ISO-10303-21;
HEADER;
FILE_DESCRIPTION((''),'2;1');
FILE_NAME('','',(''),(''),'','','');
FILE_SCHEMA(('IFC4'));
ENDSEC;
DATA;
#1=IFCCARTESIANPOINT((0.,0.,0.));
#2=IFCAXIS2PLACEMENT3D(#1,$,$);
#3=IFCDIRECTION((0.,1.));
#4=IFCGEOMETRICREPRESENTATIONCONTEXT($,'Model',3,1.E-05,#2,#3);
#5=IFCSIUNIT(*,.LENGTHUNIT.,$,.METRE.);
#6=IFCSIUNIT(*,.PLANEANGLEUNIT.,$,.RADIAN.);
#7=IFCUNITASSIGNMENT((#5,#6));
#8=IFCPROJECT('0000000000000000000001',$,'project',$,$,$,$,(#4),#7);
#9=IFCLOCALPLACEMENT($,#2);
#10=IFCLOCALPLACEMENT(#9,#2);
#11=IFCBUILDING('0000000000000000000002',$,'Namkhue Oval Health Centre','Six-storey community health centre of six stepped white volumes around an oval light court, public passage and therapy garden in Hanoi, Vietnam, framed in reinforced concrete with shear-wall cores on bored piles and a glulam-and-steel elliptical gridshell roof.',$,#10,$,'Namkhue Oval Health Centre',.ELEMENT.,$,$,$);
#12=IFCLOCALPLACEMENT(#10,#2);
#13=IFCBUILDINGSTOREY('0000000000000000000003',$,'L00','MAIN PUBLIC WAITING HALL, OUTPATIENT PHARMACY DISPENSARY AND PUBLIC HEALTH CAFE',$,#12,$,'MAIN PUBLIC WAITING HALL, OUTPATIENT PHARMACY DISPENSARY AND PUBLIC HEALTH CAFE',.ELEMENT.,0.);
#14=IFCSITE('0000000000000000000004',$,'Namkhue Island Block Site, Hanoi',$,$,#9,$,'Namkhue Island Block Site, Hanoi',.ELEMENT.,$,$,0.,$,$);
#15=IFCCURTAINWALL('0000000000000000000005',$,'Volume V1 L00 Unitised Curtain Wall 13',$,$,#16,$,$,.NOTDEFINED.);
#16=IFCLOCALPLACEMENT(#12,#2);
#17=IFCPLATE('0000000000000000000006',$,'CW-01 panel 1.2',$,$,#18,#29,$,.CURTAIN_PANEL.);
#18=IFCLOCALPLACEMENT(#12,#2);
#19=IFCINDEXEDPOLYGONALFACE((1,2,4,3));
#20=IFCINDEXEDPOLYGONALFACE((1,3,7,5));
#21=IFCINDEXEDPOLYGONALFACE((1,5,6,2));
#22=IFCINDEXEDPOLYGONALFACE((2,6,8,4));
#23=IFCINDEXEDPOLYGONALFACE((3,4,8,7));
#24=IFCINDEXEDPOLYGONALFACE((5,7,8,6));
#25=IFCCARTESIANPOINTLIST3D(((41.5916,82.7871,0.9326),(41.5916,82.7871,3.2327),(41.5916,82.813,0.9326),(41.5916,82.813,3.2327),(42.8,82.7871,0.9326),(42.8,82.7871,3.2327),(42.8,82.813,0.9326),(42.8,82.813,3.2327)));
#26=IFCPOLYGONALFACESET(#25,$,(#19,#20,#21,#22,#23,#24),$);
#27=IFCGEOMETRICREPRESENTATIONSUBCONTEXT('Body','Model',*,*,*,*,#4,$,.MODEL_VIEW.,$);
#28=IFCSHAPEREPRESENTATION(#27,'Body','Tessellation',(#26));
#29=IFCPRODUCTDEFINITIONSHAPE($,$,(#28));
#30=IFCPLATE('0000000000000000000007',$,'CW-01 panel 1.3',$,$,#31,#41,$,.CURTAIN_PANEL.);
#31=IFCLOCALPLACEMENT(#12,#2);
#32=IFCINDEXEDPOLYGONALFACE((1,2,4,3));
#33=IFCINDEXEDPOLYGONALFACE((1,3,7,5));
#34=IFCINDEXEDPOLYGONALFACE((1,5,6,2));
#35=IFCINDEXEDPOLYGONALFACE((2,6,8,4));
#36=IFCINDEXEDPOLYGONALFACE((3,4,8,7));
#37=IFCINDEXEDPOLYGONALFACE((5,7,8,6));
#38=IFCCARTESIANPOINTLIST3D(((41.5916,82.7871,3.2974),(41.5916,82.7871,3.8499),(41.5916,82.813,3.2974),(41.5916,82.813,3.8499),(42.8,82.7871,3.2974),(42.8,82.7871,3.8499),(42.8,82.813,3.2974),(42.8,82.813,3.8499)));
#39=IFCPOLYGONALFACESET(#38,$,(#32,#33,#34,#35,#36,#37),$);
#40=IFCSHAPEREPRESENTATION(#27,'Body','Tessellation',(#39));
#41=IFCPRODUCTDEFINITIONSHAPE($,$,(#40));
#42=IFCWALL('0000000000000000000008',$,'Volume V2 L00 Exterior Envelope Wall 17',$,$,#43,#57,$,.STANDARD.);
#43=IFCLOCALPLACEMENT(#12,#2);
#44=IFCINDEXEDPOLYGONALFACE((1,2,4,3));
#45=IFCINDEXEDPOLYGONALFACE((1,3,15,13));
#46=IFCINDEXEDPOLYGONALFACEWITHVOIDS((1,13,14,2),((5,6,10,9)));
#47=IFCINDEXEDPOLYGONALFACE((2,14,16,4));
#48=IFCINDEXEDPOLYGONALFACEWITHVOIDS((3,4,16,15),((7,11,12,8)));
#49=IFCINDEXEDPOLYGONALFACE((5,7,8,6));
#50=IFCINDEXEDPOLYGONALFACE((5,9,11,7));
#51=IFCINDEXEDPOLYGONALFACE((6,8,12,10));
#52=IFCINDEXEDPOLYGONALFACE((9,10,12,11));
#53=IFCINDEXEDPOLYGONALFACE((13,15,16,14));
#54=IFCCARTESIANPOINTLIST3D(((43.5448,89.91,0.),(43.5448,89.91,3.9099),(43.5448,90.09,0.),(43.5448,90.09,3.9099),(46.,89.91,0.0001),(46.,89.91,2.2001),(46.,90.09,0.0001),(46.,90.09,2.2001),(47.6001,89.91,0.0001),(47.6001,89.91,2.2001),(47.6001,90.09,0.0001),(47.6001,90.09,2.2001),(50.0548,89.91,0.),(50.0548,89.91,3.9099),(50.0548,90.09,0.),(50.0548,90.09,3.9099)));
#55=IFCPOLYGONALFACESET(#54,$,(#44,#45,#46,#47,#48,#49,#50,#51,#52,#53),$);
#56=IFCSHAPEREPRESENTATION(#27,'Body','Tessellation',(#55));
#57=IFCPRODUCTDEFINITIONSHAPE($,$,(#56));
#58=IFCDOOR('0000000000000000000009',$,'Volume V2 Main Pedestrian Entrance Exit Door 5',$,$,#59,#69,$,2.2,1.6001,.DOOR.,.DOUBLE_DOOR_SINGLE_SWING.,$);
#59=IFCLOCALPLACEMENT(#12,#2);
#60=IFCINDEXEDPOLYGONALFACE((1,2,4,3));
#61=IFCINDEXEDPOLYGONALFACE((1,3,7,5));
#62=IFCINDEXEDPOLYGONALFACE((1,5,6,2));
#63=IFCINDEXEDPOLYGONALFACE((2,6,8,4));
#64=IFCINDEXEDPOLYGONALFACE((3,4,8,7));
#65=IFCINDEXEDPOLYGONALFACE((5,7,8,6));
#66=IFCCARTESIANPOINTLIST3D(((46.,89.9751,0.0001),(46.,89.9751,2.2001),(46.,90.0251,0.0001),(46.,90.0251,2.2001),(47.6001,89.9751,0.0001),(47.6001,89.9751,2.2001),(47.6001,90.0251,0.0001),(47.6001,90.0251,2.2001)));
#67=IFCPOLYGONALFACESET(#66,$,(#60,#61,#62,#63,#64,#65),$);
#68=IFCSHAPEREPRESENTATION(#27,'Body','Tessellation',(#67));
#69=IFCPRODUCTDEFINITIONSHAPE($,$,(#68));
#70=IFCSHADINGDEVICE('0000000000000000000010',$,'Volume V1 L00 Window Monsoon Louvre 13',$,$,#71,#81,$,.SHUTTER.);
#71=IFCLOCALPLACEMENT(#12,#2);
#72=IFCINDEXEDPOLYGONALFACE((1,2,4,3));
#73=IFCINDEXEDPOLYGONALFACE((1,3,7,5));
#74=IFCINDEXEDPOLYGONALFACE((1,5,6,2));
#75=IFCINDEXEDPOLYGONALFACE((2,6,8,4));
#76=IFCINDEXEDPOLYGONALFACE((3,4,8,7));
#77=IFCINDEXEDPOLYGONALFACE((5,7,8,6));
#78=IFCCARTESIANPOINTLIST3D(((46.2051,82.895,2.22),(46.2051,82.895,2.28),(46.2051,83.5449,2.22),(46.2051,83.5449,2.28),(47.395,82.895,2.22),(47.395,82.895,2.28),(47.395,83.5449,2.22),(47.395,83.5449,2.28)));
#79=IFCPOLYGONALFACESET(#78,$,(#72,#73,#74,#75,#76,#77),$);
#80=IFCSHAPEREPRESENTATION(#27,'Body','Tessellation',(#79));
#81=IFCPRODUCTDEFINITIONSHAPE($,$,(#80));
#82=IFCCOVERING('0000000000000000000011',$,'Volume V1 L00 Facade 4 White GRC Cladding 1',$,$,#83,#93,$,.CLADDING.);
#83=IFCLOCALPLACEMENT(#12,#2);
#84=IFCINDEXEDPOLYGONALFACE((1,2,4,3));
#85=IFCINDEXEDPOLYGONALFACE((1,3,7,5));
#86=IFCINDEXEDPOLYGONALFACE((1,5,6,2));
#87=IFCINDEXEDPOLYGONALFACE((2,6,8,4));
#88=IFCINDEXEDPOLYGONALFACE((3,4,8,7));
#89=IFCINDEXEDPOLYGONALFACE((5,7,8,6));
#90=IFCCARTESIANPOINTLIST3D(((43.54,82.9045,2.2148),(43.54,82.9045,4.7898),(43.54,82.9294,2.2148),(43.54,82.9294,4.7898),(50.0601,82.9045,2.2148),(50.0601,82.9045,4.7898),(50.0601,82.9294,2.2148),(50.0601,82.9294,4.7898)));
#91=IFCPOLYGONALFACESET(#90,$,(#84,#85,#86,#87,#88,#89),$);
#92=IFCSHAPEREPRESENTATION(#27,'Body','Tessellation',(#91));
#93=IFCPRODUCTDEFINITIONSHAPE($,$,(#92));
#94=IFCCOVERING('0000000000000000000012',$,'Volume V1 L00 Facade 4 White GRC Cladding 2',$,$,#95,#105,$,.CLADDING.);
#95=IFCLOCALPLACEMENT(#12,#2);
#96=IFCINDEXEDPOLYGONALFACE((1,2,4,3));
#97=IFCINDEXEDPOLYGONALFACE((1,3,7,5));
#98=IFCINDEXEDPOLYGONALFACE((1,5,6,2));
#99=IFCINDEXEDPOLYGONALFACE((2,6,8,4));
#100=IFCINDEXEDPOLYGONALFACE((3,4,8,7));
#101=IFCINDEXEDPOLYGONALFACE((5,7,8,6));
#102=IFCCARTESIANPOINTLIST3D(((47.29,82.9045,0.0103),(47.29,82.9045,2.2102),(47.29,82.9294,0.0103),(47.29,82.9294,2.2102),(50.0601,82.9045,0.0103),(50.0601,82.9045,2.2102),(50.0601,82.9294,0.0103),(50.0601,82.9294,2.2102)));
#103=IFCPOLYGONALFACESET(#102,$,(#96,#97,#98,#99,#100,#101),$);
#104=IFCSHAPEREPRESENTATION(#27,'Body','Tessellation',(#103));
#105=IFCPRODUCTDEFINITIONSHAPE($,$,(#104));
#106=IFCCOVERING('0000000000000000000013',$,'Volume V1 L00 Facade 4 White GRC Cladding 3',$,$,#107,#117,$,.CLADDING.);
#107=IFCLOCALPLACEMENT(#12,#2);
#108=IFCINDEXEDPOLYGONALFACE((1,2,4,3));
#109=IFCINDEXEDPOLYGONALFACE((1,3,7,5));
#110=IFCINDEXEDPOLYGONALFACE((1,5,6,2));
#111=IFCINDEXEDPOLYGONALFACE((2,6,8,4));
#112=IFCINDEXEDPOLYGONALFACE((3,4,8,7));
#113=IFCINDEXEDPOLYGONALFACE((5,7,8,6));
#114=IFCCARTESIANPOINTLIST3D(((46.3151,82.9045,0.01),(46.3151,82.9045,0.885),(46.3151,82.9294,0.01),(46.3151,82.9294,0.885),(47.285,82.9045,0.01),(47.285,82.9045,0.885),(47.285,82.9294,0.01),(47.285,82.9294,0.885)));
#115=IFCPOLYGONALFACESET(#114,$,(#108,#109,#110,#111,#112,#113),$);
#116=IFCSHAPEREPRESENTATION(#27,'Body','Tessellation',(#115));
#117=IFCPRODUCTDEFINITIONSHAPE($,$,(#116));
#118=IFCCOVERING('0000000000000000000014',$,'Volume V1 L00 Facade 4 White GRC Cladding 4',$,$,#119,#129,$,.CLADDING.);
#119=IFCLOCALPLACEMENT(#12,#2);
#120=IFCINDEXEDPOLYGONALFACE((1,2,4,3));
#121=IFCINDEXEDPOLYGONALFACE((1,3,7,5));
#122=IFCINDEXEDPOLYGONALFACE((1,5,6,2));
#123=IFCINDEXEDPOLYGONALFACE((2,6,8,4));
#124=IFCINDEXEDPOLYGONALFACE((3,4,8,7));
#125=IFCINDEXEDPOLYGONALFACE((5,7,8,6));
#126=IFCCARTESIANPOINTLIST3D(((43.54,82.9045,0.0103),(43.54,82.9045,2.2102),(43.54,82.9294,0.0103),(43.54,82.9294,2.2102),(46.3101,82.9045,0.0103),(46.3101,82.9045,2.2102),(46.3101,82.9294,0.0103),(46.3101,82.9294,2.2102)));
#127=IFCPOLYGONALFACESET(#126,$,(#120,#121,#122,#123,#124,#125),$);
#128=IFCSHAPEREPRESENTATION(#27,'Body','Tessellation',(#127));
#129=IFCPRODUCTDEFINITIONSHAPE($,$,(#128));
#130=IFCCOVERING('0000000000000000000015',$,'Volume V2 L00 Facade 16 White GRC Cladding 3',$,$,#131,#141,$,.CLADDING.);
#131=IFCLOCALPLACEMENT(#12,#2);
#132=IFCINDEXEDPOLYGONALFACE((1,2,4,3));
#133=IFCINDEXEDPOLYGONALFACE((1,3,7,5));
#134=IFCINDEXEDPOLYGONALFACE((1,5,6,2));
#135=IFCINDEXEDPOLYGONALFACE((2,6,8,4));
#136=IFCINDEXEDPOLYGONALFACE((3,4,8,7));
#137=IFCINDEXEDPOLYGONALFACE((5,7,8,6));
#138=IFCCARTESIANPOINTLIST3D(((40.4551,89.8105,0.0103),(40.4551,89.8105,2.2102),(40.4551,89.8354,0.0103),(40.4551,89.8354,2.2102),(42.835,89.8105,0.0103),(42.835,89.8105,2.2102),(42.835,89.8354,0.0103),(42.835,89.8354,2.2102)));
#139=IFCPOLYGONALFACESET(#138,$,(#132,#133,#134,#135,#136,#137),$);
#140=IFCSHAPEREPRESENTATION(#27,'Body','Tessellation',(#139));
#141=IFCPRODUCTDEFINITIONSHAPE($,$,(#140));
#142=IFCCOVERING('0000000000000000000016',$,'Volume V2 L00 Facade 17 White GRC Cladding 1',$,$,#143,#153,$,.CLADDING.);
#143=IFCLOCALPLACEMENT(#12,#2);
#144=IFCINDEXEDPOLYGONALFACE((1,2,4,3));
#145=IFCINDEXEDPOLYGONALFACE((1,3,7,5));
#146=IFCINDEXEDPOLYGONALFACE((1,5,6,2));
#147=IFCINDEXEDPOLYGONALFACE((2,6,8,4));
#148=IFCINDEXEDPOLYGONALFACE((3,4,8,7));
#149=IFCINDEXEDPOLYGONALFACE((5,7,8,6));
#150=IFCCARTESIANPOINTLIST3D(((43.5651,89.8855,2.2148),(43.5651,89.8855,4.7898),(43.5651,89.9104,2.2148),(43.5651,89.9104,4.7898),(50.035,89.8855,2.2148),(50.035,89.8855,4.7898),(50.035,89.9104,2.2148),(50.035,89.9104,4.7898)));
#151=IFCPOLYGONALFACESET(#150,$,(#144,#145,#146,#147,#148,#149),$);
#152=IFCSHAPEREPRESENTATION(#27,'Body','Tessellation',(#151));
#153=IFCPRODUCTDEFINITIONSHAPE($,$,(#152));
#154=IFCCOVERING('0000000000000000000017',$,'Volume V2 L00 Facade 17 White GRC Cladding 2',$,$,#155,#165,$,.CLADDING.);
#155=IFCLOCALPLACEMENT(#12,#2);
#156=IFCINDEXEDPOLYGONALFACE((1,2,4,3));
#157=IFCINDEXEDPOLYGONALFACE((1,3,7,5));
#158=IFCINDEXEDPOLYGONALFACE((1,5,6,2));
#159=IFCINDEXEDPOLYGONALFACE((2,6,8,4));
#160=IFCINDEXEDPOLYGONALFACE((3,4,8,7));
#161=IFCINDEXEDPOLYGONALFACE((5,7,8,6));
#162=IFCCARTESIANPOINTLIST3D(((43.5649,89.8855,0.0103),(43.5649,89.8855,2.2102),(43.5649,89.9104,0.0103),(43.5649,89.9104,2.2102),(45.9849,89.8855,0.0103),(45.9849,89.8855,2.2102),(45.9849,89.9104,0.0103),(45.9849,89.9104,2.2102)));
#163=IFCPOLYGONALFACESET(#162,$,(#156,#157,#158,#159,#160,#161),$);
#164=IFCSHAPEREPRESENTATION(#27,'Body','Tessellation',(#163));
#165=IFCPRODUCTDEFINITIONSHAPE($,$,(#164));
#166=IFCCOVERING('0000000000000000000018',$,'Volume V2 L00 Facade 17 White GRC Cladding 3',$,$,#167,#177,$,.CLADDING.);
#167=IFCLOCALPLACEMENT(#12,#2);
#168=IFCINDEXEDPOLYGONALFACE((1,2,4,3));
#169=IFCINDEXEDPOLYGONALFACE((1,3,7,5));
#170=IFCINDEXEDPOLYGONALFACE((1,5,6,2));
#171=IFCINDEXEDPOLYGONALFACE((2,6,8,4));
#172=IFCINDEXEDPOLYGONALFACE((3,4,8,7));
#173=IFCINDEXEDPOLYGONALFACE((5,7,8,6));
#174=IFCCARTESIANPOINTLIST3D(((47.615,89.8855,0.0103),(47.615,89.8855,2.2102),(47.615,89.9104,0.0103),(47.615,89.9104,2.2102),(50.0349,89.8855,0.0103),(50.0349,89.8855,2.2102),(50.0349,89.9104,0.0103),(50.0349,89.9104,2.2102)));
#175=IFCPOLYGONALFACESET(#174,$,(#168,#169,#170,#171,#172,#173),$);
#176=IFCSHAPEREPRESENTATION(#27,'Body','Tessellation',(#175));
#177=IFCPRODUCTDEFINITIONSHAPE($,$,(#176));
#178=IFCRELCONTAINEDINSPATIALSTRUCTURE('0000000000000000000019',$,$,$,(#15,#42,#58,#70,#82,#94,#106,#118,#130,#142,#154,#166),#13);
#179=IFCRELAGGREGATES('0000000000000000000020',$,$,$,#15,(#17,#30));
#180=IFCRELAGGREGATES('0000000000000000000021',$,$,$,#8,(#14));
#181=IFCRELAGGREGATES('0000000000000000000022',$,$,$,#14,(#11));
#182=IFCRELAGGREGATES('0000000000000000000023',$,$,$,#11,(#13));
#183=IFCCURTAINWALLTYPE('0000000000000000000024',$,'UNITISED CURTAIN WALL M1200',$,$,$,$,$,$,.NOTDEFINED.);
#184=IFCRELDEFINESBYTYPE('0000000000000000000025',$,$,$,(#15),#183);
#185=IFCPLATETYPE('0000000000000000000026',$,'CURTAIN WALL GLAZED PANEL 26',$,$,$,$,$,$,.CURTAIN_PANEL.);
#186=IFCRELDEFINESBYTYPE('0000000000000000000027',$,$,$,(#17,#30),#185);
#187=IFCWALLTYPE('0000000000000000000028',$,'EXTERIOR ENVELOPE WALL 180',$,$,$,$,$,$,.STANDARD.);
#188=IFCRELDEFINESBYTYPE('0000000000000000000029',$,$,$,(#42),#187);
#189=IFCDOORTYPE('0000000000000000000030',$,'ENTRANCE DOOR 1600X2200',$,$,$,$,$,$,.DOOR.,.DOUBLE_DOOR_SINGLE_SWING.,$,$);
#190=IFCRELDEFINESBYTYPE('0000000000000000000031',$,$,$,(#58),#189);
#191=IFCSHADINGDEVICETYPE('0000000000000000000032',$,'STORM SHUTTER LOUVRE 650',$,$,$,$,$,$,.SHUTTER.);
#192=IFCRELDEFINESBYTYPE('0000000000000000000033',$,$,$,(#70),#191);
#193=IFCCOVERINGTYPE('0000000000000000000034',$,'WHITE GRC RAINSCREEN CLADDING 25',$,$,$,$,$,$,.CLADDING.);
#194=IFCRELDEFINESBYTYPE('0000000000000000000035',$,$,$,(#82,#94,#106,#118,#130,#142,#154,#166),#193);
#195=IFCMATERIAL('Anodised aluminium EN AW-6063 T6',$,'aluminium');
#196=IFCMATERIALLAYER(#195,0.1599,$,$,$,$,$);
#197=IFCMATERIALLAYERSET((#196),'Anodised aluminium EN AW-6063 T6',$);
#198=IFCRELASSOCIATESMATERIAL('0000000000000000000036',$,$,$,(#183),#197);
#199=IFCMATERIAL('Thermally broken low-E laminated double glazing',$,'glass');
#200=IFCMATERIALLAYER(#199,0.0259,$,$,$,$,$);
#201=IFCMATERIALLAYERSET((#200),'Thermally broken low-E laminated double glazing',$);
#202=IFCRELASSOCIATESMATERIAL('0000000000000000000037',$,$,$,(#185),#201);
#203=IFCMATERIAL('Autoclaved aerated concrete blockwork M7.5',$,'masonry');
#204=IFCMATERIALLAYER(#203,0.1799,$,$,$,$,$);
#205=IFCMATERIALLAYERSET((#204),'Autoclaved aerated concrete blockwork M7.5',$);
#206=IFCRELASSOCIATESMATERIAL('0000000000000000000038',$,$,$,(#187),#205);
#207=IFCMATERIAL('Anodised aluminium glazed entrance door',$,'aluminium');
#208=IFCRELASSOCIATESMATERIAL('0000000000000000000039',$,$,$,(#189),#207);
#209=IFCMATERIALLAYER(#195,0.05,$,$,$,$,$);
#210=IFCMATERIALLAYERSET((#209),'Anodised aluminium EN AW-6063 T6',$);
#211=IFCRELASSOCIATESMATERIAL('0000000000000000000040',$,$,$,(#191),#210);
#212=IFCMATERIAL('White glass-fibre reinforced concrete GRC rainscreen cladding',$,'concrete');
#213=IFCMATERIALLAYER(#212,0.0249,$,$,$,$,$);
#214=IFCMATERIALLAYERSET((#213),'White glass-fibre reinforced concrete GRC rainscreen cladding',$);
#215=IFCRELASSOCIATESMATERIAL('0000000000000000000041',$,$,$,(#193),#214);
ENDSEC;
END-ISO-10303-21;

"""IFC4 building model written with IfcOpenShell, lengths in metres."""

from ifc_helpers import new_model, si_unit, direction, frame, frame_2d, origin, origin_2d, place, context, subcontext, project, spatial, rectangle, extrude, material, layer, layer_set, type_object, element, fill, aggregate, save


model = new_model("IFC4")

# Units and contexts
model_context = context("Model", 3, precision=1e-05, world=origin(), true_north=direction((0.0, 1.0)))
body_context = subcontext(model_context, "Body", "Model", "MODEL_VIEW")
ifc_project = project(units=[si_unit("LENGTHUNIT", "METRE"), si_unit("PLANEANGLEUNIT", "RADIAN")], contexts=[model_context])

# Site, building, storey
site_placement = place(None, origin())
site = spatial("IfcSite", under=ifc_project, at=site_placement, Name="Namkhue Island Block Site, Hanoi", LongName="Namkhue Island Block Site, Hanoi", CompositionType="ELEMENT", RefElevation=0.0)
building_placement = place(site_placement, origin())
building = spatial("IfcBuilding", under=site, at=building_placement, Name="Namkhue Oval Health Centre", Description="Six-storey community health centre of six stepped white volumes around an oval light court, public passage and therapy garden in Hanoi, Vietnam, framed in reinforced concrete with shear-wall cores on bored piles and a glulam-and-steel elliptical gridshell roof.", LongName="Namkhue Oval Health Centre", CompositionType="ELEMENT")
storey_placement = place(building_placement, origin())
storey = spatial("IfcBuildingStorey", under=building, at=storey_placement, Name="L00", Description="MAIN PUBLIC WAITING HALL, OUTPATIENT PHARMACY DISPENSARY AND PUBLIC HEALTH CAFE", LongName="MAIN PUBLIC WAITING HALL, OUTPATIENT PHARMACY DISPENSARY AND PUBLIC HEALTH CAFE", CompositionType="ELEMENT", Elevation=0.0)

# Curtain wall
ifc_material_1 = material(Name="Anodised aluminium EN AW-6063 T6", Category="aluminium")
ifc_layer_1 = layer(ifc_material_1, 0.1599)
ifc_layer_set_1 = layer_set([ifc_layer_1], Name="Anodised aluminium EN AW-6063 T6")
curtain_wall_type = type_object("IfcCurtainWallType", Name="UNITISED CURTAIN WALL M1200", PredefinedType="NOTDEFINED", material=ifc_layer_set_1)
curtain_wall_placement = place(storey_placement, origin())
curtain_wall = element("IfcCurtainWall", 1, at=curtain_wall_placement, inside=storey, type_object=curtain_wall_type, Name="Volume V1 L00 Unitised Curtain Wall 13", PredefinedType="NOTDEFINED")

# Plates
ifc_material_2 = material(Name="Thermally broken low-E laminated double glazing", Category="glass")
ifc_layer_2 = layer(ifc_material_2, 0.0259)
ifc_layer_set_2 = layer_set([ifc_layer_2], Name="Thermally broken low-E laminated double glazing")
plate_type = type_object("IfcPlateType", Name="CURTAIN WALL GLAZED PANEL 26", PredefinedType="CURTAIN_PANEL", material=ifc_layer_set_2)
plate_1_placement = place(storey_placement, frame((42.1958, 82.8, 0.9326), z_axis=(0.0, 0.0, 1.0), x_axis=(-1.0, 0.0, 0.0)))
plate_1 = element("IfcPlate", 2, at=plate_1_placement, type_object=plate_type, Name="CW-01 panel 1.2", PredefinedType="CURTAIN_PANEL", context=body_context, shape_type="SweptSolid", body=[
    extrude(rectangle(XDim=1.2085, YDim=0.0259, at=origin_2d()), origin(), (0.0, 0.0, 1.0), 2.3),
])
plate_2_placement = place(storey_placement, frame((42.1958, 82.8, 3.2974), z_axis=(0.0, 0.0, 1.0), x_axis=(-1.0, 0.0, 0.0)))
plate_2 = element("IfcPlate", 3, at=plate_2_placement, type_object=plate_type, Name="CW-01 panel 1.3", PredefinedType="CURTAIN_PANEL", context=body_context, shape_type="SweptSolid", body=[
    extrude(rectangle(XDim=1.2085, YDim=0.0259, at=origin_2d()), origin(), (0.0, 0.0, 1.0), 0.5525),
])
aggregate(curtain_wall, [plate_1, plate_2])

# Wall, opening, door
ifc_material_3 = material(Name="Autoclaved aerated concrete blockwork M7.5", Category="masonry")
ifc_layer_3 = layer(ifc_material_3, 0.1799)
ifc_layer_set_3 = layer_set([ifc_layer_3], Name="Autoclaved aerated concrete blockwork M7.5")
wall_type = type_object("IfcWallType", Name="EXTERIOR ENVELOPE WALL 180", PredefinedType="STANDARD", material=ifc_layer_set_3)
wall_placement = place(storey_placement, frame((43.5449, 90.0, 0.0), z_axis=(0.0, 0.0, 1.0), x_axis=(1.0, 0.0, 0.0)))
wall = element("IfcWall", 4, at=wall_placement, inside=storey, type_object=wall_type, Name="Volume V2 L00 Exterior Envelope Wall 17", PredefinedType="STANDARD", context=body_context, shape_type="SweptSolid", body=[
    extrude(rectangle(XDim=6.51, YDim=0.1799, at=frame_2d((3.2549, 0.0))), origin(), (0.0, 0.0, 1.0), 3.9099),
])
opening_placement = place(wall_placement, frame((2.4551, 0.0, 0.0)))
opening = element("IfcOpeningElement", 5, at=opening_placement, cuts=wall, PredefinedType="OPENING", context=body_context, shape_type="SweptSolid", body=[
    extrude(rectangle(XDim=1.6001, YDim=2.2, at=frame_2d((0.8, 1.1001))), frame((0.0, 0.0999, 0.0), z_axis=(0.0, -1.0, 0.0), x_axis=(1.0, 0.0, 0.0)), (0.0, 0.0, 1.0), 0.2),
])
ifc_material_4 = material(Name="Anodised aluminium glazed entrance door", Category="aluminium")
door_type = type_object("IfcDoorType", Name="ENTRANCE DOOR 1600X2200", OperationType="DOUBLE_DOOR_SINGLE_SWING", PredefinedType="DOOR", material=ifc_material_4)
door_placement = place(opening_placement, frame((1.6001, 0.0, 0.0), z_axis=(0.0, 0.0, 1.0), x_axis=(-1.0, 0.0, 0.0)))
door = element("IfcDoor", 6, at=door_placement, inside=storey, type_object=door_type, Name="Volume V2 Main Pedestrian Entrance Exit Door 5", OperationType="DOUBLE_DOOR_SINGLE_SWING", OverallHeight=2.2, OverallWidth=1.6001, PredefinedType="DOOR", context=body_context, shape_type="SweptSolid", body=[
    extrude(rectangle(XDim=1.6001, YDim=2.2, at=frame_2d((0.8, 1.1001))), frame((0.0, 0.0249, 0.0), z_axis=(0.0, -1.0, 0.0), x_axis=(1.0, 0.0, 0.0)), (0.0, 0.0, 1.0), 0.05),
])
fill(opening, door)

# Shading device
ifc_layer_4 = layer(ifc_material_1, 0.05)
ifc_layer_set_4 = layer_set([ifc_layer_4], Name="Anodised aluminium EN AW-6063 T6")
shading_device_type = type_object("IfcShadingDeviceType", Name="STORM SHUTTER LOUVRE 650", PredefinedType="SHUTTER", material=ifc_layer_set_4)
shading_device_placement = place(storey_placement, frame((46.8, 83.22, 2.22), z_axis=(0.0, 0.0, 1.0), x_axis=(-1.0, 0.0, 0.0)))
element("IfcShadingDevice", 7, at=shading_device_placement, inside=storey, type_object=shading_device_type, Name="Volume V1 L00 Window Monsoon Louvre 13", PredefinedType="SHUTTER", context=body_context, shape_type="SweptSolid", body=[
    extrude(rectangle(XDim=1.1899, YDim=0.6499, at=origin_2d()), origin(), (0.0, 0.0, 1.0), 0.0601),
])

# Coverings
ifc_material_5 = material(Name="White glass-fibre reinforced concrete GRC rainscreen cladding", Category="concrete")
ifc_layer_5 = layer(ifc_material_5, 0.0249)
ifc_layer_set_5 = layer_set([ifc_layer_5], Name="White glass-fibre reinforced concrete GRC rainscreen cladding")
covering_type = type_object("IfcCoveringType", Name="WHITE GRC RAINSCREEN CLADDING 25", PredefinedType="CLADDING", material=ifc_layer_set_5)
covering_1_placement = place(storey_placement, frame((46.8, 82.917, 2.2148), z_axis=(0.0, 0.0, 1.0), x_axis=(-1.0, 0.0, 0.0)))
element("IfcCovering", 8, at=covering_1_placement, inside=storey, type_object=covering_type, Name="Volume V1 L00 Facade 4 White GRC Cladding 1", PredefinedType="CLADDING", context=body_context, shape_type="SweptSolid", body=[
    extrude(rectangle(XDim=6.52, YDim=0.0249, at=origin_2d()), origin(), (0.0, 0.0, 1.0), 2.575),
])
covering_2_placement = place(storey_placement, frame((48.675, 82.917, 0.0103), z_axis=(0.0, 0.0, 1.0), x_axis=(-1.0, 0.0, 0.0)))
element("IfcCovering", 9, at=covering_2_placement, inside=storey, type_object=covering_type, Name="Volume V1 L00 Facade 4 White GRC Cladding 2", PredefinedType="CLADDING", context=body_context, shape_type="SweptSolid", body=[
    extrude(rectangle(XDim=2.77, YDim=0.0249, at=origin_2d()), origin(), (0.0, 0.0, 1.0), 2.2),
])
covering_3_placement = place(storey_placement, frame((46.8, 82.917, 0.01), z_axis=(0.0, 0.0, 1.0), x_axis=(-1.0, 0.0, 0.0)))
element("IfcCovering", 10, at=covering_3_placement, inside=storey, type_object=covering_type, Name="Volume V1 L00 Facade 4 White GRC Cladding 3", PredefinedType="CLADDING", context=body_context, shape_type="SweptSolid", body=[
    extrude(rectangle(XDim=0.97, YDim=0.0249, at=origin_2d()), origin(), (0.0, 0.0, 1.0), 0.875),
])
covering_4_placement = place(storey_placement, frame((44.925, 82.917, 0.0103), z_axis=(0.0, 0.0, 1.0), x_axis=(-1.0, 0.0, 0.0)))
element("IfcCovering", 11, at=covering_4_placement, inside=storey, type_object=covering_type, Name="Volume V1 L00 Facade 4 White GRC Cladding 4", PredefinedType="CLADDING", context=body_context, shape_type="SweptSolid", body=[
    extrude(rectangle(XDim=2.77, YDim=0.0249, at=origin_2d()), origin(), (0.0, 0.0, 1.0), 2.2),
])
covering_5_placement = place(storey_placement, frame((41.645, 89.823, 0.0103), z_axis=(0.0, 0.0, 1.0), x_axis=(1.0, 0.0, 0.0)))
element("IfcCovering", 12, at=covering_5_placement, inside=storey, type_object=covering_type, Name="Volume V2 L00 Facade 16 White GRC Cladding 3", PredefinedType="CLADDING", context=body_context, shape_type="SweptSolid", body=[
    extrude(rectangle(XDim=2.3799, YDim=0.0249, at=origin_2d()), origin(), (0.0, 0.0, 1.0), 2.2),
])
covering_6_placement = place(storey_placement, frame((46.8, 89.8979, 2.2148), z_axis=(0.0, 0.0, 1.0), x_axis=(1.0, 0.0, 0.0)))
element("IfcCovering", 13, at=covering_6_placement, inside=storey, type_object=covering_type, Name="Volume V2 L00 Facade 17 White GRC Cladding 1", PredefinedType="CLADDING", context=body_context, shape_type="SweptSolid", body=[
    extrude(rectangle(XDim=6.47, YDim=0.0249, at=origin_2d()), origin(), (0.0, 0.0, 1.0), 2.575),
])
for number, where, z_axis, x_axis, name in (
    (14, (44.7749, 89.8979, 0.0103), (0.0, 0.0, 1.0), (1.0, 0.0, 0.0), "Volume V2 L00 Facade 17 White GRC Cladding 2"),
    (15, (48.825, 89.8979, 0.0103), (0.0, 0.0, 1.0), (1.0, 0.0, 0.0), "Volume V2 L00 Facade 17 White GRC Cladding 3"),
):
    element("IfcCovering", number, at=place(storey_placement, frame(where, z_axis=z_axis, x_axis=x_axis)), inside=storey, type_object=covering_type, Name=name, PredefinedType="CLADDING", context=body_context, shape_type="SweptSolid", body=[
        extrude(rectangle(XDim=2.4199, YDim=0.0249, at=origin_2d()), origin(), (0.0, 0.0, 1.0), 2.2),
    ])

save(model, "model.ifc")
